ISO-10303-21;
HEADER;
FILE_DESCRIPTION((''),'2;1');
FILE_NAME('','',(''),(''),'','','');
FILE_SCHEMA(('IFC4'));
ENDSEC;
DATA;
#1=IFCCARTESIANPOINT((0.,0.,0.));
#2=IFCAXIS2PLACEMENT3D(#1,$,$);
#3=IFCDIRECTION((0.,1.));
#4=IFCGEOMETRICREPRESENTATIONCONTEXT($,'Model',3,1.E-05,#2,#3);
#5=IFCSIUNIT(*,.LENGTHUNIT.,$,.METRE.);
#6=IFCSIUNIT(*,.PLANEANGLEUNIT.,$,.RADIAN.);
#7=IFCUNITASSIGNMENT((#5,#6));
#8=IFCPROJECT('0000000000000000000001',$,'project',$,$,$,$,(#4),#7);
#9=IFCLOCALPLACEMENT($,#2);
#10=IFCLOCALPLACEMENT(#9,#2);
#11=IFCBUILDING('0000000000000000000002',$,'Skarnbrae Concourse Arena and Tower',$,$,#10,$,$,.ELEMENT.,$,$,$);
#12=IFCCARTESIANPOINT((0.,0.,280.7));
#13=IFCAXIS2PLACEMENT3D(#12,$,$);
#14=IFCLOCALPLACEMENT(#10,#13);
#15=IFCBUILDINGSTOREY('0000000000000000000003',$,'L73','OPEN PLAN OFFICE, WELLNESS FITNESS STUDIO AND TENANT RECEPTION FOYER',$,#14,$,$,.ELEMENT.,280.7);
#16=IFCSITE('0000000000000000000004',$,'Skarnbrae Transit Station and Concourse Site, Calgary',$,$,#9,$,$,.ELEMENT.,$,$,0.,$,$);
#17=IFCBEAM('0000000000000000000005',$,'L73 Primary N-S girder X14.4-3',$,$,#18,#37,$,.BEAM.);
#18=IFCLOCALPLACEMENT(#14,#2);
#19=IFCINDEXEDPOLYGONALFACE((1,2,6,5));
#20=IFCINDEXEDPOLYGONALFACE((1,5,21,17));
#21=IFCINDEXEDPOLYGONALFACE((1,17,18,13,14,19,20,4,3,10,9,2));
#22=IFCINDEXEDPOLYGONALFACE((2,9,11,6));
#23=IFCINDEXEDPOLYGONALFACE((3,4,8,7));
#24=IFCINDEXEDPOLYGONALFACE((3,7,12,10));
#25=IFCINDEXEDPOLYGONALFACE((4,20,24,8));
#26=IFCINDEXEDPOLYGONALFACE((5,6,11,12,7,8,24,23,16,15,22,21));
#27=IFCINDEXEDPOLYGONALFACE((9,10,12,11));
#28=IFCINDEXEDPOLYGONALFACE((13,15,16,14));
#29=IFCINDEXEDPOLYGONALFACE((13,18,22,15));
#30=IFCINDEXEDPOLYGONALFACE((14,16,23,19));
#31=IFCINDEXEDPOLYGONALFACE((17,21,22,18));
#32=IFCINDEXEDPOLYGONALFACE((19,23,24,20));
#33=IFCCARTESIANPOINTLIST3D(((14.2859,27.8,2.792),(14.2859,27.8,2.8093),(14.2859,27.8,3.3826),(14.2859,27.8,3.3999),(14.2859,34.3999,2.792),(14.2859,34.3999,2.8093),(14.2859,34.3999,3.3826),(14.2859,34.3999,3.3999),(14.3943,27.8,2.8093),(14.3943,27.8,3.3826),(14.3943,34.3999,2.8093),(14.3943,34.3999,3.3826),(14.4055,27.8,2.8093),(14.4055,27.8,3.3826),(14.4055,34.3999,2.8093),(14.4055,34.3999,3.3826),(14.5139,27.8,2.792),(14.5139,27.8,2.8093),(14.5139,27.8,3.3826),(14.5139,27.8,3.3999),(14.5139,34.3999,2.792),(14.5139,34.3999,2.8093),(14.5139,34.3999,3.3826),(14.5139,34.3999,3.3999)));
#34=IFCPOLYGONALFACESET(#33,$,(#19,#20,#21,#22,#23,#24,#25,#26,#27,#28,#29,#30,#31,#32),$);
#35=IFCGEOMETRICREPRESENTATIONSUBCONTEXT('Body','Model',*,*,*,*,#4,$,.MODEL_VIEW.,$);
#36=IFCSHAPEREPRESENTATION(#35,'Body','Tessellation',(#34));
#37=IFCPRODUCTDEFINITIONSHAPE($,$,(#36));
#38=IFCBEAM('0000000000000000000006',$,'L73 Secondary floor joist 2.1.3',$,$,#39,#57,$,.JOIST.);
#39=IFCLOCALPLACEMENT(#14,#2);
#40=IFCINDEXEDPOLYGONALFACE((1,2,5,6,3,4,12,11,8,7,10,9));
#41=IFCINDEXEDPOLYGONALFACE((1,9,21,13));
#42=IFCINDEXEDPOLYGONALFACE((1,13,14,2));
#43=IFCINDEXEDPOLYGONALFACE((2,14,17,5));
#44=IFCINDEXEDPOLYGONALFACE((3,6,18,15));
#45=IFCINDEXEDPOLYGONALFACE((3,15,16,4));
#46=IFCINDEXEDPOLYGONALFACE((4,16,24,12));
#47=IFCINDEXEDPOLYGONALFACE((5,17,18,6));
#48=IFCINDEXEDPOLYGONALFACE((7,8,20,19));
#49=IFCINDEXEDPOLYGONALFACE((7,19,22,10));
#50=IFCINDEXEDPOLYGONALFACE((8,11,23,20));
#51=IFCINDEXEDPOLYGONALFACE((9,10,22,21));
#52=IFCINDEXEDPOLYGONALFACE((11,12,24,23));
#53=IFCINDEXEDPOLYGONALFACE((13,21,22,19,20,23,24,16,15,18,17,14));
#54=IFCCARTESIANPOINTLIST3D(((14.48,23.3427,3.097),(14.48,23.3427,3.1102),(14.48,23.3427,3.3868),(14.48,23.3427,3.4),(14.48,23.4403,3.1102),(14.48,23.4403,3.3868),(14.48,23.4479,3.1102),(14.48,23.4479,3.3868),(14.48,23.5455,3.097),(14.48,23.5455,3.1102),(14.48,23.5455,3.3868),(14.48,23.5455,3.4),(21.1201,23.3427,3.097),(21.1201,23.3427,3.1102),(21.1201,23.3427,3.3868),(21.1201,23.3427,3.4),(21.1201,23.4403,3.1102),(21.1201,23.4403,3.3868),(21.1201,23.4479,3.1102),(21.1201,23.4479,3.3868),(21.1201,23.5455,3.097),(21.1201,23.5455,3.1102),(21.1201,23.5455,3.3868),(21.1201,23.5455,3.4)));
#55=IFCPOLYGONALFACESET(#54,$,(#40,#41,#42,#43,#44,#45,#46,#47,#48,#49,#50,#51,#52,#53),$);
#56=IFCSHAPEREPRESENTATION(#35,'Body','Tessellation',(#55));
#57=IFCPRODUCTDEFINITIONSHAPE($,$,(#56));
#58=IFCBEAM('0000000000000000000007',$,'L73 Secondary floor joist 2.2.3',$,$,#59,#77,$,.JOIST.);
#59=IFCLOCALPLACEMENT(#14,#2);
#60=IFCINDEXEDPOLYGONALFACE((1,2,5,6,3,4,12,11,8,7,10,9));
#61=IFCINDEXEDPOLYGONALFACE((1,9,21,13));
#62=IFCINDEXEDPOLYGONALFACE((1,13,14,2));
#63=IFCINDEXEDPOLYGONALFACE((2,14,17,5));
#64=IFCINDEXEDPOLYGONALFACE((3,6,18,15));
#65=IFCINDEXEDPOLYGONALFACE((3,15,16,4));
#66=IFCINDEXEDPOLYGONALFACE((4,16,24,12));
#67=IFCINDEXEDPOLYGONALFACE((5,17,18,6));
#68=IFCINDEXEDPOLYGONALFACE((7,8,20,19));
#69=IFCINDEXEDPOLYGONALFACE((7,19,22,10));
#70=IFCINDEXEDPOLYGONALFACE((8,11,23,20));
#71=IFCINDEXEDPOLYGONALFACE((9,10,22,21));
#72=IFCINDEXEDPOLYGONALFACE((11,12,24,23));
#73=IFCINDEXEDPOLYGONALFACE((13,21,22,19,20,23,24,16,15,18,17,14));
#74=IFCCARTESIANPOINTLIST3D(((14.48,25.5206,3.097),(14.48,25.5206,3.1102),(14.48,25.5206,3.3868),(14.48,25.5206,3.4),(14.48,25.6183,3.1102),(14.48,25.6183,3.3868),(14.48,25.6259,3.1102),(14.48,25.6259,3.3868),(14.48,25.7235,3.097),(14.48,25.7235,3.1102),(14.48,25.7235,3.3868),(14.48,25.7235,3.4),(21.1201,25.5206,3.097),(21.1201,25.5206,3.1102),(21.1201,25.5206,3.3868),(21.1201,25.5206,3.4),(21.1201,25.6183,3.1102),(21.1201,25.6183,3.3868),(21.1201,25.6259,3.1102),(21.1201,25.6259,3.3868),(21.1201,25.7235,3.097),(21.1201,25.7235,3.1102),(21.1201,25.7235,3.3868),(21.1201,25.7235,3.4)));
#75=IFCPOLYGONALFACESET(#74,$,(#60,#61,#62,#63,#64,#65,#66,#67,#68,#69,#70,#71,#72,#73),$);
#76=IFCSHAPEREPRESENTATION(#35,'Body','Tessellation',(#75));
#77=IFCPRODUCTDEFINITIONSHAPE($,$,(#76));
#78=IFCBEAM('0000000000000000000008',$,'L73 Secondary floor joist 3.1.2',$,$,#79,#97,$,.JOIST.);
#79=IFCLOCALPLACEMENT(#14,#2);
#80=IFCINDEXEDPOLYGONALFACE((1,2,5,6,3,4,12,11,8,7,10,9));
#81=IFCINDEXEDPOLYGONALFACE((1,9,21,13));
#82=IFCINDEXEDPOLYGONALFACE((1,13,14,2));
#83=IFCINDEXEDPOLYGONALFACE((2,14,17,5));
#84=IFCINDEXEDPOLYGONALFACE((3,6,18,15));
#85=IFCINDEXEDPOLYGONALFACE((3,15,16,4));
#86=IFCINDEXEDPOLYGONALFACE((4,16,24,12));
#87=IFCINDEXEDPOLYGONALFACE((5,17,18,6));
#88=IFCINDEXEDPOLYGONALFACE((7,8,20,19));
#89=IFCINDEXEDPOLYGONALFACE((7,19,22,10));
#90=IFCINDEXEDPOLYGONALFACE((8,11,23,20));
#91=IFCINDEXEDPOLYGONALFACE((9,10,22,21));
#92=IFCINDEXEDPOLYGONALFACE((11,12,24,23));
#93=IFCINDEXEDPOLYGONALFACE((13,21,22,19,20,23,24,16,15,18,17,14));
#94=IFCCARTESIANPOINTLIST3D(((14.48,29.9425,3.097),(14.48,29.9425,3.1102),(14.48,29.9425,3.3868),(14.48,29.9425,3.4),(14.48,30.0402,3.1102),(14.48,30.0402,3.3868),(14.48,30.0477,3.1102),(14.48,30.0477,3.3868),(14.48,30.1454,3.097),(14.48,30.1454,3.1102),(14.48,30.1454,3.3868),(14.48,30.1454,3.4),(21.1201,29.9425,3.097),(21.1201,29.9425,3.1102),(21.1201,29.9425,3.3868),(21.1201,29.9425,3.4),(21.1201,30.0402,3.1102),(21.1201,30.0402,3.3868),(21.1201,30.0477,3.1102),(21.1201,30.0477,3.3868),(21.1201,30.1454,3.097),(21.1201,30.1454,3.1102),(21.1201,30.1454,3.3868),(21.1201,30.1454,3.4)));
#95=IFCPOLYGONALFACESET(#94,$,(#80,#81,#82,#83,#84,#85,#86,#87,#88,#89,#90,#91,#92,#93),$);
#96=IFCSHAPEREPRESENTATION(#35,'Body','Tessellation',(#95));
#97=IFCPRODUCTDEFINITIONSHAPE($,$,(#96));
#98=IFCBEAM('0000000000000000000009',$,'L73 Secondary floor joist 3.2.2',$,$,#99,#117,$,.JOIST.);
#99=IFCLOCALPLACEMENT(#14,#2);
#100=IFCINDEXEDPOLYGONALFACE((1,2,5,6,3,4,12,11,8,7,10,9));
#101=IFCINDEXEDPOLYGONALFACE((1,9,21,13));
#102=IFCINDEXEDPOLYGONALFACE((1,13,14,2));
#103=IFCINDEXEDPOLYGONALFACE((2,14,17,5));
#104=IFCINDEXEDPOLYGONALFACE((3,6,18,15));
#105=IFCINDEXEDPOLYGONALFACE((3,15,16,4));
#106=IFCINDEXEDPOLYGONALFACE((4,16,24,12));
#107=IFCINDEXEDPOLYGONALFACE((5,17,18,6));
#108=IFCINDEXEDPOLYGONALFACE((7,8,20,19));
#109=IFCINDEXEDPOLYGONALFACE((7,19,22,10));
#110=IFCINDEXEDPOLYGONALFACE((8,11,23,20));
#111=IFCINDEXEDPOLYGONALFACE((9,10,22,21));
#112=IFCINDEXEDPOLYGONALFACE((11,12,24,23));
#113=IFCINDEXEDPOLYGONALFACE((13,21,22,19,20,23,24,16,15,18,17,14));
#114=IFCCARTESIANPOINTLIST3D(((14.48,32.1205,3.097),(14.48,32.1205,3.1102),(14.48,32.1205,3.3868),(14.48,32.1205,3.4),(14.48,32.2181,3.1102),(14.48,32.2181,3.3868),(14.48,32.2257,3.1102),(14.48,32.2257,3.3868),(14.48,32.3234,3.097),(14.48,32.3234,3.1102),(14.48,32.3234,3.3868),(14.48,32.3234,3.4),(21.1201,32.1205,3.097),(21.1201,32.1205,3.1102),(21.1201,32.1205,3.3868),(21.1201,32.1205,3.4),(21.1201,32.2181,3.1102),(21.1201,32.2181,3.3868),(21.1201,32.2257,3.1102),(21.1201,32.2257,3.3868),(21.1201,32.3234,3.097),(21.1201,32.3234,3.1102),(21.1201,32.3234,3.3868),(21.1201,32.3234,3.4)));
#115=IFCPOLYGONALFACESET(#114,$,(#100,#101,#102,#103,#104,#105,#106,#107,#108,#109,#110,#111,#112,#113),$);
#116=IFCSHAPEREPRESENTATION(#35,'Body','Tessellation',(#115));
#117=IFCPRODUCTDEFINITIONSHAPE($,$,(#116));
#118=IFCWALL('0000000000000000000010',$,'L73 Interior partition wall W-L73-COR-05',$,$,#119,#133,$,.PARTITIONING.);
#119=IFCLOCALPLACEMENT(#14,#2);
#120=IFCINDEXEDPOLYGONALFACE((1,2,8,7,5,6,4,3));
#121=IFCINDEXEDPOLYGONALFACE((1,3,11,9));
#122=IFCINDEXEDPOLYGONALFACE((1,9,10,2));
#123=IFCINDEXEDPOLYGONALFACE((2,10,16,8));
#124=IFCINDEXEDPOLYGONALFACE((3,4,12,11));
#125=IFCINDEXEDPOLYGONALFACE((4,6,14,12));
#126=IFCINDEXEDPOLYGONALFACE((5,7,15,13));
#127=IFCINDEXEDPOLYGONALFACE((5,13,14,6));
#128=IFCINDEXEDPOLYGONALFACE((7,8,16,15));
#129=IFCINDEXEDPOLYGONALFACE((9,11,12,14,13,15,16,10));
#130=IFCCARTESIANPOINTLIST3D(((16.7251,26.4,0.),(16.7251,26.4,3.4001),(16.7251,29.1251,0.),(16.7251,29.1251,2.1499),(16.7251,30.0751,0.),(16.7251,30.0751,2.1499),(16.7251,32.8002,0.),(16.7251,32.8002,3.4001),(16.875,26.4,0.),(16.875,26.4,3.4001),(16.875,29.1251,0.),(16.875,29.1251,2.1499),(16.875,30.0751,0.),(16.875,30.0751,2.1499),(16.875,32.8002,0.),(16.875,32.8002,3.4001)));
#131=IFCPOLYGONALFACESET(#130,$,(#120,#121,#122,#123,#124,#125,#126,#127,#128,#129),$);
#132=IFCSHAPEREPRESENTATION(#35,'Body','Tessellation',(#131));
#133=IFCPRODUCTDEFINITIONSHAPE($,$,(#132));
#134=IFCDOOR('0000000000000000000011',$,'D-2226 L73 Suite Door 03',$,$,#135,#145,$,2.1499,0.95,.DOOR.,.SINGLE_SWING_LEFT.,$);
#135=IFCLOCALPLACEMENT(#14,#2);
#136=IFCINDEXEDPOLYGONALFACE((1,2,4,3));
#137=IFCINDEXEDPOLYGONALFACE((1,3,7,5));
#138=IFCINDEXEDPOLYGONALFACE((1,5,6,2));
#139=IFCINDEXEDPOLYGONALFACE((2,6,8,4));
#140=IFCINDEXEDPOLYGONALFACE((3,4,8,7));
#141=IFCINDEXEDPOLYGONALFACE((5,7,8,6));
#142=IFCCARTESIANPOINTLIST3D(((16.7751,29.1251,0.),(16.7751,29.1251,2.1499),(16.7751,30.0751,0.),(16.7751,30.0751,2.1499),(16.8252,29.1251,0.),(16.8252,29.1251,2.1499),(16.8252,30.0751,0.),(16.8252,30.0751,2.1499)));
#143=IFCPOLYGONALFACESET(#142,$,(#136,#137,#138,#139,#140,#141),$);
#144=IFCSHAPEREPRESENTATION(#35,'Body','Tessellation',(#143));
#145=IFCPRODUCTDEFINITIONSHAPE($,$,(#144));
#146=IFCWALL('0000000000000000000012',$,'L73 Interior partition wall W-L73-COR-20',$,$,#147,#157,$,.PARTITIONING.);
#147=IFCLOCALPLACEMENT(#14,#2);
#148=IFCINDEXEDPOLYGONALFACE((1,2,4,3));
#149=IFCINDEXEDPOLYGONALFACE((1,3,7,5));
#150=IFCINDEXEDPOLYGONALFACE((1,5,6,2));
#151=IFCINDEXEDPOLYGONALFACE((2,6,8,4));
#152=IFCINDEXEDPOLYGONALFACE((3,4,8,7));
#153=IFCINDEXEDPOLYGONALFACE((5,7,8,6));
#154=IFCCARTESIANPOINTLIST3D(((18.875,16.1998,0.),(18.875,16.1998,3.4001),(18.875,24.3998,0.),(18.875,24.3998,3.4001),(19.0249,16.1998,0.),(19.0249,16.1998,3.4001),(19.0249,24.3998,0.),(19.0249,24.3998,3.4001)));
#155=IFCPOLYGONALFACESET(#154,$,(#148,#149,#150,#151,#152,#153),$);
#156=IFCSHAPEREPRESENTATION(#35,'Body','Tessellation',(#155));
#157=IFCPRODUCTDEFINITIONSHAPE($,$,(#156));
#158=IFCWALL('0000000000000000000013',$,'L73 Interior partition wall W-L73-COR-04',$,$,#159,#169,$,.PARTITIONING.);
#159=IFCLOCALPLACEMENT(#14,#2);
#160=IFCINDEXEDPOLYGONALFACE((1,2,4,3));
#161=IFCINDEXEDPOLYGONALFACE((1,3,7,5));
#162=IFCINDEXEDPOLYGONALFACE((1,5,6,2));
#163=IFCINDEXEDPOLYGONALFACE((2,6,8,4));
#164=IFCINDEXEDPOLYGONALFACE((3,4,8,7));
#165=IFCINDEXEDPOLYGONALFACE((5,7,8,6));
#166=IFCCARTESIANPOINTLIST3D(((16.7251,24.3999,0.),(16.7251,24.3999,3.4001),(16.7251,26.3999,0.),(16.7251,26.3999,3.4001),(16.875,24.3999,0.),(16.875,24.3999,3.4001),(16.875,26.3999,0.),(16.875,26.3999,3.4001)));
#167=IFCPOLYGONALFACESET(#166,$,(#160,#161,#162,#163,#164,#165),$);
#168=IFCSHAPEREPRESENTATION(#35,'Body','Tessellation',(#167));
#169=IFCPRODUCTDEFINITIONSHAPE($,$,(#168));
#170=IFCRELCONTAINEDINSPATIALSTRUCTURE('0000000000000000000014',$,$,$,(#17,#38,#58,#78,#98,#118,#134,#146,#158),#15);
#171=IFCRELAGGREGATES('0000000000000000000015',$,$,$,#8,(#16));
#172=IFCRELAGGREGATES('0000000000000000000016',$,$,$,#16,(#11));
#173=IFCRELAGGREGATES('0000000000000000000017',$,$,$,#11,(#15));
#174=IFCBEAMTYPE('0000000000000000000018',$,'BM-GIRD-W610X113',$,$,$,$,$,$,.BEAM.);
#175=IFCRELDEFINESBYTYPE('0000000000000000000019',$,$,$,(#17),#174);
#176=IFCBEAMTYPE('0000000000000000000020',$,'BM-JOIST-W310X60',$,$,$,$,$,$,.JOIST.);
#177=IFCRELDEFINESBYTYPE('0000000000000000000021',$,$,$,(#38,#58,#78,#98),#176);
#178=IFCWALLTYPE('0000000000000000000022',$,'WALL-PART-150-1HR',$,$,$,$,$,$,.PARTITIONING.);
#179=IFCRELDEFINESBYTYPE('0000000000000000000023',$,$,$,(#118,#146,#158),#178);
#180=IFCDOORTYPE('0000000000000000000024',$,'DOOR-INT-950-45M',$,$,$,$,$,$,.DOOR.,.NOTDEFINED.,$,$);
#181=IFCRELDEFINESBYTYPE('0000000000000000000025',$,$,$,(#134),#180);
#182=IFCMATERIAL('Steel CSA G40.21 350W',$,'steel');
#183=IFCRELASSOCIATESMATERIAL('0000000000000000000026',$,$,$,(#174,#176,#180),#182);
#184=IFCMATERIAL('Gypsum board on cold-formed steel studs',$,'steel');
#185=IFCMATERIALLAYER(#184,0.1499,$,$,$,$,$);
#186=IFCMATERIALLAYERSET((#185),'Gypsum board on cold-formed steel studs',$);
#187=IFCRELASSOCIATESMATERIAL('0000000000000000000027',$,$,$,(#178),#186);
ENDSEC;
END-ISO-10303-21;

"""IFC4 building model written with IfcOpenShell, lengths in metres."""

from ifc_helpers import new_model, si_unit, direction, frame, frame_2d, origin, origin_2d, place, context, subcontext, project, spatial, rectangle, i_section, extrude, source, transform, mapped, material, layer, layer_set, material_profile, profile_set, type_object, element, fill, save


model = new_model("IFC4")

# Units and contexts
model_context = context("Model", 3, precision=1e-05, world=origin(), true_north=direction((0.0, 1.0)))
body_context = subcontext(model_context, "Body", "Model", "MODEL_VIEW")
ifc_project = project(units=[si_unit("LENGTHUNIT", "METRE"), si_unit("PLANEANGLEUNIT", "RADIAN")], contexts=[model_context])

# Site, building, storey
site_placement = place(None, origin())
site = spatial("IfcSite", under=ifc_project, at=site_placement, Name="Skarnbrae Transit Station and Concourse Site, Calgary", CompositionType="ELEMENT", RefElevation=0.0)
building_placement = place(site_placement, origin())
building = spatial("IfcBuilding", under=site, at=building_placement, Name="Skarnbrae Concourse Arena and Tower", CompositionType="ELEMENT")
storey_placement = place(building_placement, frame((0.0, 0.0, 280.7)))
storey = spatial("IfcBuildingStorey", under=building, at=storey_placement, Name="L73", Description="OPEN PLAN OFFICE, WELLNESS FITNESS STUDIO AND TENANT RECEPTION FOYER", CompositionType="ELEMENT", Elevation=280.7)

# Shared definitions
ifc_material_1 = material(Name="Steel CSA G40.21 350W", Category="steel")

# Beams
ifc_material_profile_1 = material_profile(ifc_material_1, i_section(OverallWidth=0.228, OverallDepth=0.6079, WebThickness=0.0112, FlangeThickness=0.0173, at=origin_2d()), Name="W610X113")
ifc_profile_set_1 = profile_set([ifc_material_profile_1], Name="Steel CSA G40.21 350W")
beam_type_1 = type_object("IfcBeamType", Name="BM-GIRD-W610X113", PredefinedType="BEAM", material=ifc_profile_set_1)
shared_shape_1 = source(origin(), body_context, "Body", "SweptSolid", [
    extrude(i_section(OverallWidth=0.228, OverallDepth=0.6079, WebThickness=0.0112, FlangeThickness=0.0173, at=origin_2d()), origin(), (0.0, 0.0, 1.0), 6.5999),
])
beam_1_placement = place(storey_placement, frame((14.3999, 27.8, 3.0959), z_axis=(0.0, 1.0, 0.0), x_axis=(-1.0, 0.0, 0.0)))
element("IfcBeam", 1, at=beam_1_placement, inside=storey, type_object=beam_type_1, Name="L73 Primary N-S girder X14.4-3", PredefinedType="BEAM", context=body_context, shape_type="MappedRepresentation", body=[
    mapped(shared_shape_1, transform((0.0, 0.0, 0.0))),
])
ifc_material_profile_2 = material_profile(ifc_material_1, i_section(OverallWidth=0.2029, OverallDepth=0.303, WebThickness=0.0076, FlangeThickness=0.0132, at=origin_2d()), Name="W310X60")
ifc_profile_set_2 = profile_set([ifc_material_profile_2], Name="Steel CSA G40.21 350W")
beam_type_2 = type_object("IfcBeamType", Name="BM-JOIST-W310X60", PredefinedType="JOIST", material=ifc_profile_set_2)
shared_shape_2 = source(origin(), body_context, "Body", "SweptSolid", [
    extrude(i_section(OverallWidth=0.2029, OverallDepth=0.303, WebThickness=0.0076, FlangeThickness=0.0132, at=origin_2d()), origin(), (0.0, 0.0, 1.0), 6.6401),
])
for number, where, z_axis, x_axis, name in (
    (2, (14.48, 23.4441, 3.2485), (1.0, 0.0, 0.0), (0.0, 1.0, 0.0), "L73 Secondary floor joist 2.1.3"),
    (3, (14.48, 25.6221, 3.2485), (1.0, 0.0, 0.0), (0.0, 1.0, 0.0), "L73 Secondary floor joist 2.2.3"),
    (4, (14.48, 30.0439, 3.2485), (1.0, 0.0, 0.0), (0.0, 1.0, 0.0), "L73 Secondary floor joist 3.1.2"),
    (5, (14.48, 32.2219, 3.2485), (1.0, 0.0, 0.0), (0.0, 1.0, 0.0), "L73 Secondary floor joist 3.2.2"),
):
    element("IfcBeam", number, at=place(storey_placement, frame(where, z_axis=z_axis, x_axis=x_axis)), inside=storey, type_object=beam_type_2, Name=name, PredefinedType="JOIST", context=body_context, shape_type="MappedRepresentation", body=[
        mapped(shared_shape_2, transform((0.0, 0.0, 0.0))),
    ])

# Wall, opening, door
ifc_material_2 = material(Name="Gypsum board on cold-formed steel studs", Category="steel")
ifc_layer = layer(ifc_material_2, 0.1499)
ifc_layer_set = layer_set([ifc_layer], Name="Gypsum board on cold-formed steel studs")
wall_type = type_object("IfcWallType", Name="WALL-PART-150-1HR", PredefinedType="PARTITIONING", material=ifc_layer_set)
shared_shape_3 = source(origin(), body_context, "Body", "SweptSolid", [
    extrude(rectangle(XDim=6.4001, YDim=0.1499, at=frame_2d((3.2002, 0.0))), origin(), (0.0, 0.0, 1.0), 3.4001),
])
wall_1_placement = place(storey_placement, frame((16.8, 26.3999, 0.0), z_axis=(0.0, 0.0, 1.0), x_axis=(0.0, 1.0, 0.0)))
wall_1 = element("IfcWall", 6, at=wall_1_placement, inside=storey, type_object=wall_type, Name="L73 Interior partition wall W-L73-COR-05", PredefinedType="PARTITIONING", context=body_context, shape_type="MappedRepresentation", body=[
    mapped(shared_shape_3, transform((0.0, 0.0, 0.0))),
])
opening_1_placement = place(wall_1_placement, frame((2.7251, 0.0, 0.0)))
opening_1 = element("IfcOpeningElement", 7, at=opening_1_placement, cuts=wall_1, PredefinedType="OPENING", context=body_context, shape_type="SweptSolid", body=[
    extrude(rectangle(XDim=0.95, YDim=2.1499, at=frame_2d((0.4751, 1.075))), frame((0.0, 0.085, 0.0), z_axis=(0.0, -1.0, 0.0), x_axis=(1.0, 0.0, 0.0)), (0.0, 0.0, 1.0), 0.1699),
])
door_type = type_object("IfcDoorType", Name="DOOR-INT-950-45M", OperationType="NOTDEFINED", PredefinedType="DOOR", material=ifc_material_1)
shared_shape_4 = source(origin(), body_context, "Body", "SweptSolid", [
    extrude(rectangle(XDim=0.95, YDim=2.1499, at=frame_2d((0.4751, 1.075))), frame((0.0, 0.0249, 0.0), z_axis=(0.0, -1.0, 0.0), x_axis=(1.0, 0.0, 0.0)), (0.0, 0.0, 1.0), 0.05),
])
door_1_placement = place(opening_1_placement, origin())
door_1 = element("IfcDoor", 8, at=door_1_placement, inside=storey, type_object=door_type, Name="D-2226 L73 Suite Door 03", OperationType="SINGLE_SWING_LEFT", OverallHeight=2.1499, OverallWidth=0.95, PredefinedType="DOOR", context=body_context, shape_type="MappedRepresentation", body=[
    mapped(shared_shape_4, transform((0.0, 0.0, 0.0))),
])
fill(opening_1, door_1)

# Walls
shared_shape_5 = source(origin(), body_context, "Body", "SweptSolid", [
    extrude(rectangle(XDim=8.2, YDim=0.1499, at=frame_2d((4.1001, 0.0))), origin(), (0.0, 0.0, 1.0), 3.4001),
])
wall_2_placement = place(storey_placement, frame((18.95, 24.3999, 0.0), z_axis=(0.0, 0.0, 1.0), x_axis=(0.0, -1.0, 0.0)))
element("IfcWall", 9, at=wall_2_placement, inside=storey, type_object=wall_type, Name="L73 Interior partition wall W-L73-COR-20", PredefinedType="PARTITIONING", context=body_context, shape_type="MappedRepresentation", body=[
    mapped(shared_shape_5, transform((0.0, 0.0, 0.0))),
])
shared_shape_6 = source(origin(), body_context, "Body", "SweptSolid", [
    extrude(rectangle(XDim=2.0, YDim=0.1499, at=frame_2d((1.0, 0.0))), origin(), (0.0, 0.0, 1.0), 3.4001),
])
wall_3_placement = place(storey_placement, frame((16.8, 24.3999, 0.0), z_axis=(0.0, 0.0, 1.0), x_axis=(0.0, 1.0, 0.0)))
element("IfcWall", 10, at=wall_3_placement, inside=storey, type_object=wall_type, Name="L73 Interior partition wall W-L73-COR-04", PredefinedType="PARTITIONING", context=body_context, shape_type="MappedRepresentation", body=[
    mapped(shared_shape_6, transform((0.0, 0.0, 0.0))),
])

save(model, "model.ifc")
